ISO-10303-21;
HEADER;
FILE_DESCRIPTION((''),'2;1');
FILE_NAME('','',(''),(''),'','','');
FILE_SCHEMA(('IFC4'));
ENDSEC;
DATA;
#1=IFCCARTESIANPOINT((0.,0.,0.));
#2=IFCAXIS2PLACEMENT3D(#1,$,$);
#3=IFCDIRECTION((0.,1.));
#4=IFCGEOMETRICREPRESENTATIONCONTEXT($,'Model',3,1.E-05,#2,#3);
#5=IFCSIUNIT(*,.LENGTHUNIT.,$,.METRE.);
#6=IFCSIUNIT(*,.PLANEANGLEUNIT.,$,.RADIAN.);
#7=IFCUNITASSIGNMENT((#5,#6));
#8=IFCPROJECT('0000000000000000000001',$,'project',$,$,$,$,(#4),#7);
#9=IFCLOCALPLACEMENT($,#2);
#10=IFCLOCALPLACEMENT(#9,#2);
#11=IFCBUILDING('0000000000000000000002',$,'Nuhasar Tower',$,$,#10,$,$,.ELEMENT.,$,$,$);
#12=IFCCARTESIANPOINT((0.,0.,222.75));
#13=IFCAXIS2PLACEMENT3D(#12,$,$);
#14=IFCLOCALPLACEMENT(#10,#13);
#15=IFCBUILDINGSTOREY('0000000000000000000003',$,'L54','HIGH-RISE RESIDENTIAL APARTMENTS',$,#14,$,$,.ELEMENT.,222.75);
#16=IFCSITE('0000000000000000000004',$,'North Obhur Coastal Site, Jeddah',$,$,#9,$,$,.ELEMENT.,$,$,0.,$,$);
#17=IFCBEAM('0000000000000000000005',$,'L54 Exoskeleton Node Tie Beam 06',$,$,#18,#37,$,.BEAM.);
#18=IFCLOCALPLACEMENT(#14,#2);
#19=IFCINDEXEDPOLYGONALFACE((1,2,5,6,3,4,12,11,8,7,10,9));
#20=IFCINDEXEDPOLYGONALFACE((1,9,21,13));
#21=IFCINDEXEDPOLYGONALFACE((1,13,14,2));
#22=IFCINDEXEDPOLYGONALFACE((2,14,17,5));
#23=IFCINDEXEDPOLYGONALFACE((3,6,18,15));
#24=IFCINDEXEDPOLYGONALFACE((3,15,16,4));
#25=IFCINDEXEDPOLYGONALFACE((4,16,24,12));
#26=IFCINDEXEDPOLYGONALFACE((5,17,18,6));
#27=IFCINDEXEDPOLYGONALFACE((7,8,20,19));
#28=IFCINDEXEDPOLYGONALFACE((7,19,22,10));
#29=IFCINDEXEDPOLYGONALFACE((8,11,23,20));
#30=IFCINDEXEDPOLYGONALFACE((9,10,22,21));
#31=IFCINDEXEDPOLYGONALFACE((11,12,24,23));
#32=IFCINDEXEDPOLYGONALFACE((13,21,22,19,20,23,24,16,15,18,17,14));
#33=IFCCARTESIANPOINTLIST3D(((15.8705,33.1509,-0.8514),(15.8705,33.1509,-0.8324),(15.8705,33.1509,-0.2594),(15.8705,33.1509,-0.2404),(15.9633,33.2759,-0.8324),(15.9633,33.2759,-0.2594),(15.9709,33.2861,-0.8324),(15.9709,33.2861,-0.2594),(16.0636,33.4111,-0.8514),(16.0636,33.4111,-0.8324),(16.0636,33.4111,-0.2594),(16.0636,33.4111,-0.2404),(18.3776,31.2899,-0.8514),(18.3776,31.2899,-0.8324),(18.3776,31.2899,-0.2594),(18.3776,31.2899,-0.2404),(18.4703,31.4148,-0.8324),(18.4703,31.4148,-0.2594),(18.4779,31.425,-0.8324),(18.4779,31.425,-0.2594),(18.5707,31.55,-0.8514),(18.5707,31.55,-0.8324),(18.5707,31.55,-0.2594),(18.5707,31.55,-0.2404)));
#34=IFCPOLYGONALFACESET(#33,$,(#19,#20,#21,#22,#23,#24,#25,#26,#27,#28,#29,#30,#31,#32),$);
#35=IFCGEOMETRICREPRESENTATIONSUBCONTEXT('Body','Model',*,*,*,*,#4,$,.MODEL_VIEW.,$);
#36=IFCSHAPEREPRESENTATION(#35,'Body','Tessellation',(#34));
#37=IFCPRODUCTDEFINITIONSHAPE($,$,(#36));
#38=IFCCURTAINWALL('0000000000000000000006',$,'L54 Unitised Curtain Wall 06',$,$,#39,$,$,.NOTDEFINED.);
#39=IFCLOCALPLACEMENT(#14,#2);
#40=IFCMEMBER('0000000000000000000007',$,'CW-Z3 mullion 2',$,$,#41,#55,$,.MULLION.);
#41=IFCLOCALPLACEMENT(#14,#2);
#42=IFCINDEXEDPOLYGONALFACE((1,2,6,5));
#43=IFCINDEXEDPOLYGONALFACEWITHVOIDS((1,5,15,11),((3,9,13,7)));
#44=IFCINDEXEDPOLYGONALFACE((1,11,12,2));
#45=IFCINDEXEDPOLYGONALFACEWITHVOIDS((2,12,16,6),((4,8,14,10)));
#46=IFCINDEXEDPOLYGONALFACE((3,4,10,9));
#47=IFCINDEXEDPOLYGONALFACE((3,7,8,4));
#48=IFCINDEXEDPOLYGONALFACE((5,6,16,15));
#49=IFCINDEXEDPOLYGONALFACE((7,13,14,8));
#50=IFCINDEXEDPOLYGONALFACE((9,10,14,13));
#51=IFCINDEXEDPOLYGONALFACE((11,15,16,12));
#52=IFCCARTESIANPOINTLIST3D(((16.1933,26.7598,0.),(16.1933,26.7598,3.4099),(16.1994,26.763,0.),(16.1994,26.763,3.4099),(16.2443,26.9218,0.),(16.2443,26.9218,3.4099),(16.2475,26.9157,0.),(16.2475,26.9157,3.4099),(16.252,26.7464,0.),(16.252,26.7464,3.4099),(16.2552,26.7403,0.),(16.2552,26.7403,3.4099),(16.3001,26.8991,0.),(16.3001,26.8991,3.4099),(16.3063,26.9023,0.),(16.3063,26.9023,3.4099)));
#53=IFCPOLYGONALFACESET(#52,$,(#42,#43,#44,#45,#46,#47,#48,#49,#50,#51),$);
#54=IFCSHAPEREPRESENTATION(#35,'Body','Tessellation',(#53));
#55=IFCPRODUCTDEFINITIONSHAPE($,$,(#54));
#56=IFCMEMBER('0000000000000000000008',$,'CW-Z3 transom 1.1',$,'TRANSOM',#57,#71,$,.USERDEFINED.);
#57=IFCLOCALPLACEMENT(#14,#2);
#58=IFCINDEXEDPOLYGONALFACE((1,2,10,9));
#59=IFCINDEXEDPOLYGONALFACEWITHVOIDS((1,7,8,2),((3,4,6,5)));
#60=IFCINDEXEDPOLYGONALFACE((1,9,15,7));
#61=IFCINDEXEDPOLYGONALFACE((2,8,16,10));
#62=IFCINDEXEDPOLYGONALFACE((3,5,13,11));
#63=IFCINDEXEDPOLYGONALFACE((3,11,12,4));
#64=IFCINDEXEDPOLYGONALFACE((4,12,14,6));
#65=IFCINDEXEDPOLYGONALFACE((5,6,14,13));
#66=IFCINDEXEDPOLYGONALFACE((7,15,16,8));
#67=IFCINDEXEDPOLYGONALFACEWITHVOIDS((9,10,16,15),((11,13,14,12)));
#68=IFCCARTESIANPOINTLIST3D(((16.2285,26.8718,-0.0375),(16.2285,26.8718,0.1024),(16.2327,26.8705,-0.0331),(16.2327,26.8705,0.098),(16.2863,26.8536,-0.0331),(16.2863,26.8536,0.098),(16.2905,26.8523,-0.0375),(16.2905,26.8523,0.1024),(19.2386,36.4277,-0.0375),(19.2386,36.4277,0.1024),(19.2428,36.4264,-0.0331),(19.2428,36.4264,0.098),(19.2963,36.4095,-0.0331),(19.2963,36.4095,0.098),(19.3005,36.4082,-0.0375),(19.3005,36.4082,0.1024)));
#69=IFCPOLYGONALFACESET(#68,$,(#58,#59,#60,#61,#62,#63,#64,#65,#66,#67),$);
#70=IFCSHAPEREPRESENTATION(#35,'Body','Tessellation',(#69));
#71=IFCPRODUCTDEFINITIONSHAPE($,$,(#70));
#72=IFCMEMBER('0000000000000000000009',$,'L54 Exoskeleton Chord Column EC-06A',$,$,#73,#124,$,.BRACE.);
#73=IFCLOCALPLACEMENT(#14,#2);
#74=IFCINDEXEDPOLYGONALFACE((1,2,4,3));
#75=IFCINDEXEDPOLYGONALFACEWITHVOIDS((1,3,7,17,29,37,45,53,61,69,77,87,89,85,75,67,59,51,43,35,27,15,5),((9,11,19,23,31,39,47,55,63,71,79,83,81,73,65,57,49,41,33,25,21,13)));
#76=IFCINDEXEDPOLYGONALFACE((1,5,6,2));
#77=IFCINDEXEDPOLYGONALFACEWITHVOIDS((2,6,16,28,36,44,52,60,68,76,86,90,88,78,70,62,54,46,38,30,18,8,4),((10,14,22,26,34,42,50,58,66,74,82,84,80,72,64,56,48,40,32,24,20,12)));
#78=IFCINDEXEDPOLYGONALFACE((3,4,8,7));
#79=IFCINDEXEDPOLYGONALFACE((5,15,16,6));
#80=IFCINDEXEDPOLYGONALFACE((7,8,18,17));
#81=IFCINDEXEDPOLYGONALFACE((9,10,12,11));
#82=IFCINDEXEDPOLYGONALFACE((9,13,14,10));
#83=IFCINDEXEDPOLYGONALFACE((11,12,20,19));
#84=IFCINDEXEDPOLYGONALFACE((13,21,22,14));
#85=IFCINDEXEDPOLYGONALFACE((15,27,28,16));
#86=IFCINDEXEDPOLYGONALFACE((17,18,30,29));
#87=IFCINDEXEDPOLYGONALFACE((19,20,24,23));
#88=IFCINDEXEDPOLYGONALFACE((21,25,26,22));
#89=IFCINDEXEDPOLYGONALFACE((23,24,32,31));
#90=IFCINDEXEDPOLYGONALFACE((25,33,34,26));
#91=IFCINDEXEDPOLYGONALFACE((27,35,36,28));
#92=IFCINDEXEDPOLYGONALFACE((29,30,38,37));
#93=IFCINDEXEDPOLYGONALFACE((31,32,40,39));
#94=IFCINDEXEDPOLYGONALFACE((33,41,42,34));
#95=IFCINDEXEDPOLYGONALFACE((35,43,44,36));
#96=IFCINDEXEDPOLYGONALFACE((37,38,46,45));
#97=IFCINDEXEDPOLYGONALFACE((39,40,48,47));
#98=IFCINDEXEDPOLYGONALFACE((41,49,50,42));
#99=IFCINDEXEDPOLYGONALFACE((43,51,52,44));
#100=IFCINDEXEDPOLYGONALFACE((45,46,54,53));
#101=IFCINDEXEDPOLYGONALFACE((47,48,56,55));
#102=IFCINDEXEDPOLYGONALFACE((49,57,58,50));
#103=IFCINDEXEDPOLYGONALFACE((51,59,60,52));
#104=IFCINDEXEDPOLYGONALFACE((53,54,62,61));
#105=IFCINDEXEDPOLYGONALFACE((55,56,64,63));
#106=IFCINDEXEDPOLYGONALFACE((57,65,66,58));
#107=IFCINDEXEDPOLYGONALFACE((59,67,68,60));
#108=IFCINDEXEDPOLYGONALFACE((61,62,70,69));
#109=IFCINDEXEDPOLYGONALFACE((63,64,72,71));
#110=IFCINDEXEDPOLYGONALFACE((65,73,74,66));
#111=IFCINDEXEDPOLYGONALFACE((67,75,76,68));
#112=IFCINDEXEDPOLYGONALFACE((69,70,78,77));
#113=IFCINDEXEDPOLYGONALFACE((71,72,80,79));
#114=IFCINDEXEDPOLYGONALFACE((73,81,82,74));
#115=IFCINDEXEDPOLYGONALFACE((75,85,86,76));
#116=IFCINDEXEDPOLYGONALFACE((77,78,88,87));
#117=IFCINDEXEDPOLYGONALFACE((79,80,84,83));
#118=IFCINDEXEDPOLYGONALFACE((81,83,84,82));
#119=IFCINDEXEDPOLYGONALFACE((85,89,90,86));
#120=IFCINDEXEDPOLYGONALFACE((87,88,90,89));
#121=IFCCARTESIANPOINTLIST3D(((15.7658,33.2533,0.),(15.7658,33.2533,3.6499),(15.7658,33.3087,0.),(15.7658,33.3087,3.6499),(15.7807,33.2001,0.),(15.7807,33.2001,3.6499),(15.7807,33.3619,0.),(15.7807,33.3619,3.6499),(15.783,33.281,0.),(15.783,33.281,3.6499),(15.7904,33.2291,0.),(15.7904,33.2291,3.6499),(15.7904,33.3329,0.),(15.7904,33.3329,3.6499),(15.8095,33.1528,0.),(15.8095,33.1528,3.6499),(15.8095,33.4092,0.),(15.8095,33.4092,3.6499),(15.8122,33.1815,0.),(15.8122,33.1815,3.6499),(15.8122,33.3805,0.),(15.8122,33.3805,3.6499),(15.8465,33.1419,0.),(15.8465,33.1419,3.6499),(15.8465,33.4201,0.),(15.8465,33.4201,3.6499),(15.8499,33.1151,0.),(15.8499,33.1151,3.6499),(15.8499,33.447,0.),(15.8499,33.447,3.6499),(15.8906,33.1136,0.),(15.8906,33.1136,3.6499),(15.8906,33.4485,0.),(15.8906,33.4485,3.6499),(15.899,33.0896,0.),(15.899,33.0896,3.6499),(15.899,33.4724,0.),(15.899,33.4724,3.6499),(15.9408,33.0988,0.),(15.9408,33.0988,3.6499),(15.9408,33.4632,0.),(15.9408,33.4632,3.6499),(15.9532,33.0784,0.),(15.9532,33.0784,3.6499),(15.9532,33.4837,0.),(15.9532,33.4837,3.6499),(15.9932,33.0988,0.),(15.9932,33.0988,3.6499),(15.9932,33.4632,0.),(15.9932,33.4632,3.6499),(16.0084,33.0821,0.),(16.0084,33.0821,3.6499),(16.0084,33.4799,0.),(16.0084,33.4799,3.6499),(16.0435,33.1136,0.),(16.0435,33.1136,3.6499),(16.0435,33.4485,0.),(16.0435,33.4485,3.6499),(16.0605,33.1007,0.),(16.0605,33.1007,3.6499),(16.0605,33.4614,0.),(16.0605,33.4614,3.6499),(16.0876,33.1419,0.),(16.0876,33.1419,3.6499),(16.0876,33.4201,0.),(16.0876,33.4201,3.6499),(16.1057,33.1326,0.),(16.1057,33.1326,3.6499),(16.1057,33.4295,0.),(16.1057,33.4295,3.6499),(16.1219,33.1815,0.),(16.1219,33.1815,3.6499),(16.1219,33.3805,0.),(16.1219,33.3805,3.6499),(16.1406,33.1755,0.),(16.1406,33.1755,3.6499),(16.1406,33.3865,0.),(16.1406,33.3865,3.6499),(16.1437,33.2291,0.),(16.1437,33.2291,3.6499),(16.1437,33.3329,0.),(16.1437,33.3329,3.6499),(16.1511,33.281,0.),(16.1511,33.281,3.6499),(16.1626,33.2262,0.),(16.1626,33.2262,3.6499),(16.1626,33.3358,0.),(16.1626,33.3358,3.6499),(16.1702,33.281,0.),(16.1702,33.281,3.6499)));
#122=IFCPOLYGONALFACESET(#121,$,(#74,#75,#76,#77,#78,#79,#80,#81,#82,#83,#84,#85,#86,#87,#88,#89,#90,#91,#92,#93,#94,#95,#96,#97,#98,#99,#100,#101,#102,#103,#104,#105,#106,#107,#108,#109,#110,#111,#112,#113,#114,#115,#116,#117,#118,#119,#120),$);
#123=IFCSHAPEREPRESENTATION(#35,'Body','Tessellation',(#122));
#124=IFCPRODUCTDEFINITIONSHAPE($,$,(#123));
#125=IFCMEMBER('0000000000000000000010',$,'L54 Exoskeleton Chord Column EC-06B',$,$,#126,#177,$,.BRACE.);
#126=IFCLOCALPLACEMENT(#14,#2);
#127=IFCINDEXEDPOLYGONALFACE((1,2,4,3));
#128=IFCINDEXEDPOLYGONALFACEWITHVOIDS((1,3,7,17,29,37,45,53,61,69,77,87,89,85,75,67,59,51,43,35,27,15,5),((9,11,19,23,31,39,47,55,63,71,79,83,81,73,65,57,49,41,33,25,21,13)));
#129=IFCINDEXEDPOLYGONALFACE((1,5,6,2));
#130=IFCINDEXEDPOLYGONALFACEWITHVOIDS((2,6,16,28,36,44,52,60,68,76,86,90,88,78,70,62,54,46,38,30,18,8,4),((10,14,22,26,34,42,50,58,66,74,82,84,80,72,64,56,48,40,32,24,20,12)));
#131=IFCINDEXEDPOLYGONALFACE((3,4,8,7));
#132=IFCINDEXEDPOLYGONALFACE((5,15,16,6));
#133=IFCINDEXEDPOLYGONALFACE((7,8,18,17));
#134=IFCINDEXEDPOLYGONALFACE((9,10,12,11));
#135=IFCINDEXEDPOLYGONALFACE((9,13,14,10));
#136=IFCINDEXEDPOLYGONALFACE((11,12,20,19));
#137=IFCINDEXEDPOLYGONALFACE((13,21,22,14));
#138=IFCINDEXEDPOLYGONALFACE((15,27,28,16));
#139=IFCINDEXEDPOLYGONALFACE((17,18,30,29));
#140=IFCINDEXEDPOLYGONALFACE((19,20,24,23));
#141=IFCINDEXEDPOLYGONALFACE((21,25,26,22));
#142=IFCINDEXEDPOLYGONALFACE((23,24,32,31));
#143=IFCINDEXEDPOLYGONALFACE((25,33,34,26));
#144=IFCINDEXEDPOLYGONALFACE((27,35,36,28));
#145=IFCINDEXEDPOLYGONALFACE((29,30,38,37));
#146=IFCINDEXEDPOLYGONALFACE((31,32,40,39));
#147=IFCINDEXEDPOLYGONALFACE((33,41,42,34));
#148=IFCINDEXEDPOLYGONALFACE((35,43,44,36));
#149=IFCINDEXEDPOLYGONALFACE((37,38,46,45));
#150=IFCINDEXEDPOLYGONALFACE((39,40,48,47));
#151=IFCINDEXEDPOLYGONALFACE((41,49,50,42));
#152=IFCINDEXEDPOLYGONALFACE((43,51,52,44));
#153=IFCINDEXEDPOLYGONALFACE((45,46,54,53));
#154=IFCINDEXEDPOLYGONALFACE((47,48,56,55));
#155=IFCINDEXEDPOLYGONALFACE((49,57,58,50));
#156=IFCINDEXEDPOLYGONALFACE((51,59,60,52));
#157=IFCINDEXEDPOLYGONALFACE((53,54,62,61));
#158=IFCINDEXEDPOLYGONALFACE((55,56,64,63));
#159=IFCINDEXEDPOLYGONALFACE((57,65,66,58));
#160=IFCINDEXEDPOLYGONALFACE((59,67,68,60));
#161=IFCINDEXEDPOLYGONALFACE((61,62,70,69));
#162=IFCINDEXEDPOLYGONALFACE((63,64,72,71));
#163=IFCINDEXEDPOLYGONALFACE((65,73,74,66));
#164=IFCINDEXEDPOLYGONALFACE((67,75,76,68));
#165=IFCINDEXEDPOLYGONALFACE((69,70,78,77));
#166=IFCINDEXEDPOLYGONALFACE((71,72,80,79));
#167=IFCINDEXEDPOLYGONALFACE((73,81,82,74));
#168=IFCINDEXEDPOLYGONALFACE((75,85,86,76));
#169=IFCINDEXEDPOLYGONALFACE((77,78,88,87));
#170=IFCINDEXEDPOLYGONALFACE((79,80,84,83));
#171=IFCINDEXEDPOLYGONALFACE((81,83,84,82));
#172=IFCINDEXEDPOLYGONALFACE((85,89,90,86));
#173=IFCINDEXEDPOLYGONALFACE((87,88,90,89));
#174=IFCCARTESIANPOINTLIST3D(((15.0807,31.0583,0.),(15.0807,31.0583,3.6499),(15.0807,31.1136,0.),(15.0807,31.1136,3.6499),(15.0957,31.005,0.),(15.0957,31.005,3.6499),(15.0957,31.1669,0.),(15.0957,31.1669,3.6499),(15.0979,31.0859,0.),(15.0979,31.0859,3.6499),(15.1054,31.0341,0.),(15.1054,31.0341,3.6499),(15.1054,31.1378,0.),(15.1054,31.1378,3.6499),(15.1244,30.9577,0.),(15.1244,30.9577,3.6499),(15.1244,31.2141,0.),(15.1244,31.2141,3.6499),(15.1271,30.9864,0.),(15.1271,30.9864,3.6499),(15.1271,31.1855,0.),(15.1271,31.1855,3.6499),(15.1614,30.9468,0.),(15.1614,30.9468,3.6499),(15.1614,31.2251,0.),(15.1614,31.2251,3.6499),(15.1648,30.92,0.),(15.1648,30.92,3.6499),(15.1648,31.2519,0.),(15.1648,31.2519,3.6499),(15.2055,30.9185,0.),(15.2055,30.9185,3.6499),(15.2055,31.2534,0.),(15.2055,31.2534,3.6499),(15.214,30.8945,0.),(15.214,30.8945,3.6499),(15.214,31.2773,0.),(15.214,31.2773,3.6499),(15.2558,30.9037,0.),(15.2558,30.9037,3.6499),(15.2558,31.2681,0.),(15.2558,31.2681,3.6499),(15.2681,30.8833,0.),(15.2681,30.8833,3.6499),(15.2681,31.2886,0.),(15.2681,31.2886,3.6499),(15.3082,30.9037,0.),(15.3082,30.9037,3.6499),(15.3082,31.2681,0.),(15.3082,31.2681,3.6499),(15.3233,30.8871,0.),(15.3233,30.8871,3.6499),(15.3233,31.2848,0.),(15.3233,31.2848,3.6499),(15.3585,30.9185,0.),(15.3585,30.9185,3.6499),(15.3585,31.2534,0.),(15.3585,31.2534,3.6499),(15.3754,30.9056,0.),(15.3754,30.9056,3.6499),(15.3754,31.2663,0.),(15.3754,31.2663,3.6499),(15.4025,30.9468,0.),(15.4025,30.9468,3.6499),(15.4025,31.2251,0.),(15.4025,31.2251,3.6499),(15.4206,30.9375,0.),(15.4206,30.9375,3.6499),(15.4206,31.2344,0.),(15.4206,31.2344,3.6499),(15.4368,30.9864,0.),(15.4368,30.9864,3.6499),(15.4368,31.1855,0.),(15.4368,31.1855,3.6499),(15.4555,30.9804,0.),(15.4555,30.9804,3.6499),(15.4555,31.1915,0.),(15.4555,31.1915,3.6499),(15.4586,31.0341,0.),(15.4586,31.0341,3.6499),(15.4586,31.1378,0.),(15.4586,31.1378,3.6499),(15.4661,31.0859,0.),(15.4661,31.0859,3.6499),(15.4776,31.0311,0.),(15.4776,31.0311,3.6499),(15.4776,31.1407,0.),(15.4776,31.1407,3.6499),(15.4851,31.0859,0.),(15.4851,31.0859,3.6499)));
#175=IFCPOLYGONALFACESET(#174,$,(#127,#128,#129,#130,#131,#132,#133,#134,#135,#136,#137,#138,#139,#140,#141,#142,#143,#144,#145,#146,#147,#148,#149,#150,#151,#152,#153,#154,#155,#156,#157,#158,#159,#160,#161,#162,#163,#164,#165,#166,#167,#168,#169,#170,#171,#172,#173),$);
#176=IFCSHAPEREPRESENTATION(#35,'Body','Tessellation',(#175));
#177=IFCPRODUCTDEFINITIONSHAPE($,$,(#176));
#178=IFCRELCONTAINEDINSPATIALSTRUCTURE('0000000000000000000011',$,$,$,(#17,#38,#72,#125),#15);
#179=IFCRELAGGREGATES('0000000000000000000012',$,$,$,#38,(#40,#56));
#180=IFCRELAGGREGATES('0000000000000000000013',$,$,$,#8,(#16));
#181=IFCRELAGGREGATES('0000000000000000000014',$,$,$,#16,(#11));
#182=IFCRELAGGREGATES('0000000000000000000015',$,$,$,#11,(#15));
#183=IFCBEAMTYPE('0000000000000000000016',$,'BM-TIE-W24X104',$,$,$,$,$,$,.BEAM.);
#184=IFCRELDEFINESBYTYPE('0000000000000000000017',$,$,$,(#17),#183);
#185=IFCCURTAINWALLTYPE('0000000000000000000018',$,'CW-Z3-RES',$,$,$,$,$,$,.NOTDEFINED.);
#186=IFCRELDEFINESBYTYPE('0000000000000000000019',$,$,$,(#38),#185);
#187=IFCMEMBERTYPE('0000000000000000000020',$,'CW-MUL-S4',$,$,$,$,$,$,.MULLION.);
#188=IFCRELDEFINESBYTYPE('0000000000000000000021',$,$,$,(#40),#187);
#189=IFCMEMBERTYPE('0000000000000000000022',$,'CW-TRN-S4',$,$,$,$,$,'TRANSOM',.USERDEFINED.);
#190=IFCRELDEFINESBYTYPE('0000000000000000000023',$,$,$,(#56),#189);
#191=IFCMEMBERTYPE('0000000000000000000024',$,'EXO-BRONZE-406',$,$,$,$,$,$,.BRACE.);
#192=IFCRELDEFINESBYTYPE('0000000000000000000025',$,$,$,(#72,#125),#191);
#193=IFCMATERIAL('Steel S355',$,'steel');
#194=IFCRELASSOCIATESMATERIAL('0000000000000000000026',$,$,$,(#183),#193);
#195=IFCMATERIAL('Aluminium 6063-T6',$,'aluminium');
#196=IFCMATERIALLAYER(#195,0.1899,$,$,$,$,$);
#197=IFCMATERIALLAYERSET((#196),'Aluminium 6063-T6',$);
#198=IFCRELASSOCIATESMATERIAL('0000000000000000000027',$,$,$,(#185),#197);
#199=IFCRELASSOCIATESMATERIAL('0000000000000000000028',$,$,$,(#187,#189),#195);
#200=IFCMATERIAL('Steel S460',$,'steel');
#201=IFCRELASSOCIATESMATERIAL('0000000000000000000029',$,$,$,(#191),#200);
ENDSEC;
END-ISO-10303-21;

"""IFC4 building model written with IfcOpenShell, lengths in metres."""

from ifc_helpers import new_model, si_unit, direction, frame, origin, origin_2d, place, context, subcontext, project, spatial, hollow_rectangle, hollow_circle, i_section, extrude, material, layer, layer_set, material_profile, profile_set, type_object, element, aggregate, save


model = new_model("IFC4")

# Units and contexts
model_context = context("Model", 3, precision=1e-05, world=origin(), true_north=direction((0.0, 1.0)))
body_context = subcontext(model_context, "Body", "Model", "MODEL_VIEW")
ifc_project = project(units=[si_unit("LENGTHUNIT", "METRE"), si_unit("PLANEANGLEUNIT", "RADIAN")], contexts=[model_context])

# Site, building, storey
site_placement = place(None, origin())
site = spatial("IfcSite", under=ifc_project, at=site_placement, Name="North Obhur Coastal Site, Jeddah", CompositionType="ELEMENT", RefElevation=0.0)
building_placement = place(site_placement, origin())
building = spatial("IfcBuilding", under=site, at=building_placement, Name="Nuhasar Tower", CompositionType="ELEMENT")
storey_placement = place(building_placement, frame((0.0, 0.0, 222.75)))
storey = spatial("IfcBuildingStorey", under=building, at=storey_placement, Name="L54", Description="HIGH-RISE RESIDENTIAL APARTMENTS", CompositionType="ELEMENT", Elevation=222.75)

# Beam
ifc_material_1 = material(Name="Steel S355", Category="steel")
ifc_material_profile_1 = material_profile(ifc_material_1, i_section(OverallWidth=0.324, OverallDepth=0.6111, WebThickness=0.0127, FlangeThickness=0.019, at=origin_2d()), Name="W24X104")
ifc_profile_set_1 = profile_set([ifc_material_profile_1], Name="Steel S355")
beam_type_1 = type_object("IfcBeamType", Name="BM-TIE-W24X104", PredefinedType="BEAM", material=ifc_profile_set_1)
beam_1_placement = place(storey_placement, frame((18.4741, 31.4199, -0.5459), z_axis=(-0.802946, 0.596052, 0.0), x_axis=(-0.596052, -0.802946, 0.0)))
element("IfcBeam", 1, at=beam_1_placement, inside=storey, type_object=beam_type_1, Name="L54 Exoskeleton Node Tie Beam 06", PredefinedType="BEAM", context=body_context, shape_type="SweptSolid", body=[
    extrude(i_section(OverallWidth=0.324, OverallDepth=0.6111, WebThickness=0.0127, FlangeThickness=0.019, at=origin_2d()), origin(), (0.0, 0.0, 1.0), 3.1223),
])

# Curtain wall, members
ifc_material_2 = material(Name="Aluminium 6063-T6", Category="aluminium")
ifc_layer_1 = layer(ifc_material_2, 0.1899)
ifc_layer_set_1 = layer_set([ifc_layer_1], Name="Aluminium 6063-T6")
curtain_wall_type = type_object("IfcCurtainWallType", Name="CW-Z3-RES", PredefinedType="NOTDEFINED", material=ifc_layer_set_1)
curtain_wall_placement = place(storey_placement, origin())
curtain_wall = element("IfcCurtainWall", 2, at=curtain_wall_placement, inside=storey, type_object=curtain_wall_type, Name="L54 Unitised Curtain Wall 06", PredefinedType="NOTDEFINED")
ifc_material_profile_2 = material_profile(ifc_material_2, hollow_rectangle(XDim=0.0649, YDim=0.1699, WallThickness=0.0049, at=origin_2d()), Name="CWM-4")
ifc_profile_set_2 = profile_set([ifc_material_profile_2], Name="Aluminium 6063-T6")
member_type_1 = type_object("IfcMemberType", Name="CW-MUL-S4", PredefinedType="MULLION", material=ifc_profile_set_2)
member_1_placement = place(storey_placement, frame((16.2498, 26.8311, 0.0), z_axis=(0.0, 0.0, 1.0), x_axis=(0.953804, -0.300429, 0.0)))
member_1 = element("IfcMember", 3, at=member_1_placement, type_object=member_type_1, Name="CW-Z3 mullion 2", PredefinedType="MULLION", context=body_context, shape_type="SweptSolid", body=[
    extrude(hollow_rectangle(XDim=0.0649, YDim=0.1699, WallThickness=0.0049, at=origin_2d()), origin(), (0.0, 0.0, 1.0), 3.4099),
])
ifc_material_profile_3 = material_profile(ifc_material_2, hollow_rectangle(XDim=0.0649, YDim=0.1399, WallThickness=0.0044, at=origin_2d()), Name="CWT-4")
ifc_profile_set_3 = profile_set([ifc_material_profile_3], Name="Aluminium 6063-T6")
member_type_2 = type_object("IfcMemberType", Name="CW-TRN-S4", ElementType="TRANSOM", PredefinedType="USERDEFINED", material=ifc_profile_set_3)
member_2_placement = place(storey_placement, frame((19.2695, 36.418, 0.0325), z_axis=(-0.300437, -0.953802, 0.0), x_axis=(0.953802, -0.300437, 0.0)))
member_2 = element("IfcMember", 4, at=member_2_placement, type_object=member_type_2, Name="CW-Z3 transom 1.1", ObjectType="TRANSOM", PredefinedType="USERDEFINED", context=body_context, shape_type="SweptSolid", body=[
    extrude(hollow_rectangle(XDim=0.0649, YDim=0.1399, WallThickness=0.0044, at=origin_2d()), origin(), (0.0, 0.0, 1.0), 10.0188),
])

# Members
ifc_material_3 = material(Name="Steel S460", Category="steel")
ifc_material_profile_4 = material_profile(ifc_material_3, hollow_circle(Radius=0.2031, WallThickness=0.019, at=origin_2d()), Name="HSS406.4X19.1")
ifc_profile_set_4 = profile_set([ifc_material_profile_4], Name="Steel S460")
member_type_3 = type_object("IfcMemberType", Name="EXO-BRONZE-406", PredefinedType="BRACE", material=ifc_profile_set_4)
for number, where, z_axis, x_axis, name in (
    (5, (15.967, 33.281, 0.0), (0.0, 0.0, 1.0), (1.0, 0.0, 0.0), "L54 Exoskeleton Chord Column EC-06A"),
    (6, (15.282, 31.0859, 0.0), (0.0, 0.0, 1.0), (1.0, 0.0, 0.0), "L54 Exoskeleton Chord Column EC-06B"),
):
    element("IfcMember", number, at=place(storey_placement, frame(where, z_axis=z_axis, x_axis=x_axis)), inside=storey, type_object=member_type_3, Name=name, PredefinedType="BRACE", context=body_context, shape_type="SweptSolid", body=[
        extrude(hollow_circle(Radius=0.2031, WallThickness=0.019, at=origin_2d()), origin(), (0.0, 0.0, 1.0), 3.6499),
    ])

aggregate(curtain_wall, [member_1, member_2])

save(model, "model.ifc")
